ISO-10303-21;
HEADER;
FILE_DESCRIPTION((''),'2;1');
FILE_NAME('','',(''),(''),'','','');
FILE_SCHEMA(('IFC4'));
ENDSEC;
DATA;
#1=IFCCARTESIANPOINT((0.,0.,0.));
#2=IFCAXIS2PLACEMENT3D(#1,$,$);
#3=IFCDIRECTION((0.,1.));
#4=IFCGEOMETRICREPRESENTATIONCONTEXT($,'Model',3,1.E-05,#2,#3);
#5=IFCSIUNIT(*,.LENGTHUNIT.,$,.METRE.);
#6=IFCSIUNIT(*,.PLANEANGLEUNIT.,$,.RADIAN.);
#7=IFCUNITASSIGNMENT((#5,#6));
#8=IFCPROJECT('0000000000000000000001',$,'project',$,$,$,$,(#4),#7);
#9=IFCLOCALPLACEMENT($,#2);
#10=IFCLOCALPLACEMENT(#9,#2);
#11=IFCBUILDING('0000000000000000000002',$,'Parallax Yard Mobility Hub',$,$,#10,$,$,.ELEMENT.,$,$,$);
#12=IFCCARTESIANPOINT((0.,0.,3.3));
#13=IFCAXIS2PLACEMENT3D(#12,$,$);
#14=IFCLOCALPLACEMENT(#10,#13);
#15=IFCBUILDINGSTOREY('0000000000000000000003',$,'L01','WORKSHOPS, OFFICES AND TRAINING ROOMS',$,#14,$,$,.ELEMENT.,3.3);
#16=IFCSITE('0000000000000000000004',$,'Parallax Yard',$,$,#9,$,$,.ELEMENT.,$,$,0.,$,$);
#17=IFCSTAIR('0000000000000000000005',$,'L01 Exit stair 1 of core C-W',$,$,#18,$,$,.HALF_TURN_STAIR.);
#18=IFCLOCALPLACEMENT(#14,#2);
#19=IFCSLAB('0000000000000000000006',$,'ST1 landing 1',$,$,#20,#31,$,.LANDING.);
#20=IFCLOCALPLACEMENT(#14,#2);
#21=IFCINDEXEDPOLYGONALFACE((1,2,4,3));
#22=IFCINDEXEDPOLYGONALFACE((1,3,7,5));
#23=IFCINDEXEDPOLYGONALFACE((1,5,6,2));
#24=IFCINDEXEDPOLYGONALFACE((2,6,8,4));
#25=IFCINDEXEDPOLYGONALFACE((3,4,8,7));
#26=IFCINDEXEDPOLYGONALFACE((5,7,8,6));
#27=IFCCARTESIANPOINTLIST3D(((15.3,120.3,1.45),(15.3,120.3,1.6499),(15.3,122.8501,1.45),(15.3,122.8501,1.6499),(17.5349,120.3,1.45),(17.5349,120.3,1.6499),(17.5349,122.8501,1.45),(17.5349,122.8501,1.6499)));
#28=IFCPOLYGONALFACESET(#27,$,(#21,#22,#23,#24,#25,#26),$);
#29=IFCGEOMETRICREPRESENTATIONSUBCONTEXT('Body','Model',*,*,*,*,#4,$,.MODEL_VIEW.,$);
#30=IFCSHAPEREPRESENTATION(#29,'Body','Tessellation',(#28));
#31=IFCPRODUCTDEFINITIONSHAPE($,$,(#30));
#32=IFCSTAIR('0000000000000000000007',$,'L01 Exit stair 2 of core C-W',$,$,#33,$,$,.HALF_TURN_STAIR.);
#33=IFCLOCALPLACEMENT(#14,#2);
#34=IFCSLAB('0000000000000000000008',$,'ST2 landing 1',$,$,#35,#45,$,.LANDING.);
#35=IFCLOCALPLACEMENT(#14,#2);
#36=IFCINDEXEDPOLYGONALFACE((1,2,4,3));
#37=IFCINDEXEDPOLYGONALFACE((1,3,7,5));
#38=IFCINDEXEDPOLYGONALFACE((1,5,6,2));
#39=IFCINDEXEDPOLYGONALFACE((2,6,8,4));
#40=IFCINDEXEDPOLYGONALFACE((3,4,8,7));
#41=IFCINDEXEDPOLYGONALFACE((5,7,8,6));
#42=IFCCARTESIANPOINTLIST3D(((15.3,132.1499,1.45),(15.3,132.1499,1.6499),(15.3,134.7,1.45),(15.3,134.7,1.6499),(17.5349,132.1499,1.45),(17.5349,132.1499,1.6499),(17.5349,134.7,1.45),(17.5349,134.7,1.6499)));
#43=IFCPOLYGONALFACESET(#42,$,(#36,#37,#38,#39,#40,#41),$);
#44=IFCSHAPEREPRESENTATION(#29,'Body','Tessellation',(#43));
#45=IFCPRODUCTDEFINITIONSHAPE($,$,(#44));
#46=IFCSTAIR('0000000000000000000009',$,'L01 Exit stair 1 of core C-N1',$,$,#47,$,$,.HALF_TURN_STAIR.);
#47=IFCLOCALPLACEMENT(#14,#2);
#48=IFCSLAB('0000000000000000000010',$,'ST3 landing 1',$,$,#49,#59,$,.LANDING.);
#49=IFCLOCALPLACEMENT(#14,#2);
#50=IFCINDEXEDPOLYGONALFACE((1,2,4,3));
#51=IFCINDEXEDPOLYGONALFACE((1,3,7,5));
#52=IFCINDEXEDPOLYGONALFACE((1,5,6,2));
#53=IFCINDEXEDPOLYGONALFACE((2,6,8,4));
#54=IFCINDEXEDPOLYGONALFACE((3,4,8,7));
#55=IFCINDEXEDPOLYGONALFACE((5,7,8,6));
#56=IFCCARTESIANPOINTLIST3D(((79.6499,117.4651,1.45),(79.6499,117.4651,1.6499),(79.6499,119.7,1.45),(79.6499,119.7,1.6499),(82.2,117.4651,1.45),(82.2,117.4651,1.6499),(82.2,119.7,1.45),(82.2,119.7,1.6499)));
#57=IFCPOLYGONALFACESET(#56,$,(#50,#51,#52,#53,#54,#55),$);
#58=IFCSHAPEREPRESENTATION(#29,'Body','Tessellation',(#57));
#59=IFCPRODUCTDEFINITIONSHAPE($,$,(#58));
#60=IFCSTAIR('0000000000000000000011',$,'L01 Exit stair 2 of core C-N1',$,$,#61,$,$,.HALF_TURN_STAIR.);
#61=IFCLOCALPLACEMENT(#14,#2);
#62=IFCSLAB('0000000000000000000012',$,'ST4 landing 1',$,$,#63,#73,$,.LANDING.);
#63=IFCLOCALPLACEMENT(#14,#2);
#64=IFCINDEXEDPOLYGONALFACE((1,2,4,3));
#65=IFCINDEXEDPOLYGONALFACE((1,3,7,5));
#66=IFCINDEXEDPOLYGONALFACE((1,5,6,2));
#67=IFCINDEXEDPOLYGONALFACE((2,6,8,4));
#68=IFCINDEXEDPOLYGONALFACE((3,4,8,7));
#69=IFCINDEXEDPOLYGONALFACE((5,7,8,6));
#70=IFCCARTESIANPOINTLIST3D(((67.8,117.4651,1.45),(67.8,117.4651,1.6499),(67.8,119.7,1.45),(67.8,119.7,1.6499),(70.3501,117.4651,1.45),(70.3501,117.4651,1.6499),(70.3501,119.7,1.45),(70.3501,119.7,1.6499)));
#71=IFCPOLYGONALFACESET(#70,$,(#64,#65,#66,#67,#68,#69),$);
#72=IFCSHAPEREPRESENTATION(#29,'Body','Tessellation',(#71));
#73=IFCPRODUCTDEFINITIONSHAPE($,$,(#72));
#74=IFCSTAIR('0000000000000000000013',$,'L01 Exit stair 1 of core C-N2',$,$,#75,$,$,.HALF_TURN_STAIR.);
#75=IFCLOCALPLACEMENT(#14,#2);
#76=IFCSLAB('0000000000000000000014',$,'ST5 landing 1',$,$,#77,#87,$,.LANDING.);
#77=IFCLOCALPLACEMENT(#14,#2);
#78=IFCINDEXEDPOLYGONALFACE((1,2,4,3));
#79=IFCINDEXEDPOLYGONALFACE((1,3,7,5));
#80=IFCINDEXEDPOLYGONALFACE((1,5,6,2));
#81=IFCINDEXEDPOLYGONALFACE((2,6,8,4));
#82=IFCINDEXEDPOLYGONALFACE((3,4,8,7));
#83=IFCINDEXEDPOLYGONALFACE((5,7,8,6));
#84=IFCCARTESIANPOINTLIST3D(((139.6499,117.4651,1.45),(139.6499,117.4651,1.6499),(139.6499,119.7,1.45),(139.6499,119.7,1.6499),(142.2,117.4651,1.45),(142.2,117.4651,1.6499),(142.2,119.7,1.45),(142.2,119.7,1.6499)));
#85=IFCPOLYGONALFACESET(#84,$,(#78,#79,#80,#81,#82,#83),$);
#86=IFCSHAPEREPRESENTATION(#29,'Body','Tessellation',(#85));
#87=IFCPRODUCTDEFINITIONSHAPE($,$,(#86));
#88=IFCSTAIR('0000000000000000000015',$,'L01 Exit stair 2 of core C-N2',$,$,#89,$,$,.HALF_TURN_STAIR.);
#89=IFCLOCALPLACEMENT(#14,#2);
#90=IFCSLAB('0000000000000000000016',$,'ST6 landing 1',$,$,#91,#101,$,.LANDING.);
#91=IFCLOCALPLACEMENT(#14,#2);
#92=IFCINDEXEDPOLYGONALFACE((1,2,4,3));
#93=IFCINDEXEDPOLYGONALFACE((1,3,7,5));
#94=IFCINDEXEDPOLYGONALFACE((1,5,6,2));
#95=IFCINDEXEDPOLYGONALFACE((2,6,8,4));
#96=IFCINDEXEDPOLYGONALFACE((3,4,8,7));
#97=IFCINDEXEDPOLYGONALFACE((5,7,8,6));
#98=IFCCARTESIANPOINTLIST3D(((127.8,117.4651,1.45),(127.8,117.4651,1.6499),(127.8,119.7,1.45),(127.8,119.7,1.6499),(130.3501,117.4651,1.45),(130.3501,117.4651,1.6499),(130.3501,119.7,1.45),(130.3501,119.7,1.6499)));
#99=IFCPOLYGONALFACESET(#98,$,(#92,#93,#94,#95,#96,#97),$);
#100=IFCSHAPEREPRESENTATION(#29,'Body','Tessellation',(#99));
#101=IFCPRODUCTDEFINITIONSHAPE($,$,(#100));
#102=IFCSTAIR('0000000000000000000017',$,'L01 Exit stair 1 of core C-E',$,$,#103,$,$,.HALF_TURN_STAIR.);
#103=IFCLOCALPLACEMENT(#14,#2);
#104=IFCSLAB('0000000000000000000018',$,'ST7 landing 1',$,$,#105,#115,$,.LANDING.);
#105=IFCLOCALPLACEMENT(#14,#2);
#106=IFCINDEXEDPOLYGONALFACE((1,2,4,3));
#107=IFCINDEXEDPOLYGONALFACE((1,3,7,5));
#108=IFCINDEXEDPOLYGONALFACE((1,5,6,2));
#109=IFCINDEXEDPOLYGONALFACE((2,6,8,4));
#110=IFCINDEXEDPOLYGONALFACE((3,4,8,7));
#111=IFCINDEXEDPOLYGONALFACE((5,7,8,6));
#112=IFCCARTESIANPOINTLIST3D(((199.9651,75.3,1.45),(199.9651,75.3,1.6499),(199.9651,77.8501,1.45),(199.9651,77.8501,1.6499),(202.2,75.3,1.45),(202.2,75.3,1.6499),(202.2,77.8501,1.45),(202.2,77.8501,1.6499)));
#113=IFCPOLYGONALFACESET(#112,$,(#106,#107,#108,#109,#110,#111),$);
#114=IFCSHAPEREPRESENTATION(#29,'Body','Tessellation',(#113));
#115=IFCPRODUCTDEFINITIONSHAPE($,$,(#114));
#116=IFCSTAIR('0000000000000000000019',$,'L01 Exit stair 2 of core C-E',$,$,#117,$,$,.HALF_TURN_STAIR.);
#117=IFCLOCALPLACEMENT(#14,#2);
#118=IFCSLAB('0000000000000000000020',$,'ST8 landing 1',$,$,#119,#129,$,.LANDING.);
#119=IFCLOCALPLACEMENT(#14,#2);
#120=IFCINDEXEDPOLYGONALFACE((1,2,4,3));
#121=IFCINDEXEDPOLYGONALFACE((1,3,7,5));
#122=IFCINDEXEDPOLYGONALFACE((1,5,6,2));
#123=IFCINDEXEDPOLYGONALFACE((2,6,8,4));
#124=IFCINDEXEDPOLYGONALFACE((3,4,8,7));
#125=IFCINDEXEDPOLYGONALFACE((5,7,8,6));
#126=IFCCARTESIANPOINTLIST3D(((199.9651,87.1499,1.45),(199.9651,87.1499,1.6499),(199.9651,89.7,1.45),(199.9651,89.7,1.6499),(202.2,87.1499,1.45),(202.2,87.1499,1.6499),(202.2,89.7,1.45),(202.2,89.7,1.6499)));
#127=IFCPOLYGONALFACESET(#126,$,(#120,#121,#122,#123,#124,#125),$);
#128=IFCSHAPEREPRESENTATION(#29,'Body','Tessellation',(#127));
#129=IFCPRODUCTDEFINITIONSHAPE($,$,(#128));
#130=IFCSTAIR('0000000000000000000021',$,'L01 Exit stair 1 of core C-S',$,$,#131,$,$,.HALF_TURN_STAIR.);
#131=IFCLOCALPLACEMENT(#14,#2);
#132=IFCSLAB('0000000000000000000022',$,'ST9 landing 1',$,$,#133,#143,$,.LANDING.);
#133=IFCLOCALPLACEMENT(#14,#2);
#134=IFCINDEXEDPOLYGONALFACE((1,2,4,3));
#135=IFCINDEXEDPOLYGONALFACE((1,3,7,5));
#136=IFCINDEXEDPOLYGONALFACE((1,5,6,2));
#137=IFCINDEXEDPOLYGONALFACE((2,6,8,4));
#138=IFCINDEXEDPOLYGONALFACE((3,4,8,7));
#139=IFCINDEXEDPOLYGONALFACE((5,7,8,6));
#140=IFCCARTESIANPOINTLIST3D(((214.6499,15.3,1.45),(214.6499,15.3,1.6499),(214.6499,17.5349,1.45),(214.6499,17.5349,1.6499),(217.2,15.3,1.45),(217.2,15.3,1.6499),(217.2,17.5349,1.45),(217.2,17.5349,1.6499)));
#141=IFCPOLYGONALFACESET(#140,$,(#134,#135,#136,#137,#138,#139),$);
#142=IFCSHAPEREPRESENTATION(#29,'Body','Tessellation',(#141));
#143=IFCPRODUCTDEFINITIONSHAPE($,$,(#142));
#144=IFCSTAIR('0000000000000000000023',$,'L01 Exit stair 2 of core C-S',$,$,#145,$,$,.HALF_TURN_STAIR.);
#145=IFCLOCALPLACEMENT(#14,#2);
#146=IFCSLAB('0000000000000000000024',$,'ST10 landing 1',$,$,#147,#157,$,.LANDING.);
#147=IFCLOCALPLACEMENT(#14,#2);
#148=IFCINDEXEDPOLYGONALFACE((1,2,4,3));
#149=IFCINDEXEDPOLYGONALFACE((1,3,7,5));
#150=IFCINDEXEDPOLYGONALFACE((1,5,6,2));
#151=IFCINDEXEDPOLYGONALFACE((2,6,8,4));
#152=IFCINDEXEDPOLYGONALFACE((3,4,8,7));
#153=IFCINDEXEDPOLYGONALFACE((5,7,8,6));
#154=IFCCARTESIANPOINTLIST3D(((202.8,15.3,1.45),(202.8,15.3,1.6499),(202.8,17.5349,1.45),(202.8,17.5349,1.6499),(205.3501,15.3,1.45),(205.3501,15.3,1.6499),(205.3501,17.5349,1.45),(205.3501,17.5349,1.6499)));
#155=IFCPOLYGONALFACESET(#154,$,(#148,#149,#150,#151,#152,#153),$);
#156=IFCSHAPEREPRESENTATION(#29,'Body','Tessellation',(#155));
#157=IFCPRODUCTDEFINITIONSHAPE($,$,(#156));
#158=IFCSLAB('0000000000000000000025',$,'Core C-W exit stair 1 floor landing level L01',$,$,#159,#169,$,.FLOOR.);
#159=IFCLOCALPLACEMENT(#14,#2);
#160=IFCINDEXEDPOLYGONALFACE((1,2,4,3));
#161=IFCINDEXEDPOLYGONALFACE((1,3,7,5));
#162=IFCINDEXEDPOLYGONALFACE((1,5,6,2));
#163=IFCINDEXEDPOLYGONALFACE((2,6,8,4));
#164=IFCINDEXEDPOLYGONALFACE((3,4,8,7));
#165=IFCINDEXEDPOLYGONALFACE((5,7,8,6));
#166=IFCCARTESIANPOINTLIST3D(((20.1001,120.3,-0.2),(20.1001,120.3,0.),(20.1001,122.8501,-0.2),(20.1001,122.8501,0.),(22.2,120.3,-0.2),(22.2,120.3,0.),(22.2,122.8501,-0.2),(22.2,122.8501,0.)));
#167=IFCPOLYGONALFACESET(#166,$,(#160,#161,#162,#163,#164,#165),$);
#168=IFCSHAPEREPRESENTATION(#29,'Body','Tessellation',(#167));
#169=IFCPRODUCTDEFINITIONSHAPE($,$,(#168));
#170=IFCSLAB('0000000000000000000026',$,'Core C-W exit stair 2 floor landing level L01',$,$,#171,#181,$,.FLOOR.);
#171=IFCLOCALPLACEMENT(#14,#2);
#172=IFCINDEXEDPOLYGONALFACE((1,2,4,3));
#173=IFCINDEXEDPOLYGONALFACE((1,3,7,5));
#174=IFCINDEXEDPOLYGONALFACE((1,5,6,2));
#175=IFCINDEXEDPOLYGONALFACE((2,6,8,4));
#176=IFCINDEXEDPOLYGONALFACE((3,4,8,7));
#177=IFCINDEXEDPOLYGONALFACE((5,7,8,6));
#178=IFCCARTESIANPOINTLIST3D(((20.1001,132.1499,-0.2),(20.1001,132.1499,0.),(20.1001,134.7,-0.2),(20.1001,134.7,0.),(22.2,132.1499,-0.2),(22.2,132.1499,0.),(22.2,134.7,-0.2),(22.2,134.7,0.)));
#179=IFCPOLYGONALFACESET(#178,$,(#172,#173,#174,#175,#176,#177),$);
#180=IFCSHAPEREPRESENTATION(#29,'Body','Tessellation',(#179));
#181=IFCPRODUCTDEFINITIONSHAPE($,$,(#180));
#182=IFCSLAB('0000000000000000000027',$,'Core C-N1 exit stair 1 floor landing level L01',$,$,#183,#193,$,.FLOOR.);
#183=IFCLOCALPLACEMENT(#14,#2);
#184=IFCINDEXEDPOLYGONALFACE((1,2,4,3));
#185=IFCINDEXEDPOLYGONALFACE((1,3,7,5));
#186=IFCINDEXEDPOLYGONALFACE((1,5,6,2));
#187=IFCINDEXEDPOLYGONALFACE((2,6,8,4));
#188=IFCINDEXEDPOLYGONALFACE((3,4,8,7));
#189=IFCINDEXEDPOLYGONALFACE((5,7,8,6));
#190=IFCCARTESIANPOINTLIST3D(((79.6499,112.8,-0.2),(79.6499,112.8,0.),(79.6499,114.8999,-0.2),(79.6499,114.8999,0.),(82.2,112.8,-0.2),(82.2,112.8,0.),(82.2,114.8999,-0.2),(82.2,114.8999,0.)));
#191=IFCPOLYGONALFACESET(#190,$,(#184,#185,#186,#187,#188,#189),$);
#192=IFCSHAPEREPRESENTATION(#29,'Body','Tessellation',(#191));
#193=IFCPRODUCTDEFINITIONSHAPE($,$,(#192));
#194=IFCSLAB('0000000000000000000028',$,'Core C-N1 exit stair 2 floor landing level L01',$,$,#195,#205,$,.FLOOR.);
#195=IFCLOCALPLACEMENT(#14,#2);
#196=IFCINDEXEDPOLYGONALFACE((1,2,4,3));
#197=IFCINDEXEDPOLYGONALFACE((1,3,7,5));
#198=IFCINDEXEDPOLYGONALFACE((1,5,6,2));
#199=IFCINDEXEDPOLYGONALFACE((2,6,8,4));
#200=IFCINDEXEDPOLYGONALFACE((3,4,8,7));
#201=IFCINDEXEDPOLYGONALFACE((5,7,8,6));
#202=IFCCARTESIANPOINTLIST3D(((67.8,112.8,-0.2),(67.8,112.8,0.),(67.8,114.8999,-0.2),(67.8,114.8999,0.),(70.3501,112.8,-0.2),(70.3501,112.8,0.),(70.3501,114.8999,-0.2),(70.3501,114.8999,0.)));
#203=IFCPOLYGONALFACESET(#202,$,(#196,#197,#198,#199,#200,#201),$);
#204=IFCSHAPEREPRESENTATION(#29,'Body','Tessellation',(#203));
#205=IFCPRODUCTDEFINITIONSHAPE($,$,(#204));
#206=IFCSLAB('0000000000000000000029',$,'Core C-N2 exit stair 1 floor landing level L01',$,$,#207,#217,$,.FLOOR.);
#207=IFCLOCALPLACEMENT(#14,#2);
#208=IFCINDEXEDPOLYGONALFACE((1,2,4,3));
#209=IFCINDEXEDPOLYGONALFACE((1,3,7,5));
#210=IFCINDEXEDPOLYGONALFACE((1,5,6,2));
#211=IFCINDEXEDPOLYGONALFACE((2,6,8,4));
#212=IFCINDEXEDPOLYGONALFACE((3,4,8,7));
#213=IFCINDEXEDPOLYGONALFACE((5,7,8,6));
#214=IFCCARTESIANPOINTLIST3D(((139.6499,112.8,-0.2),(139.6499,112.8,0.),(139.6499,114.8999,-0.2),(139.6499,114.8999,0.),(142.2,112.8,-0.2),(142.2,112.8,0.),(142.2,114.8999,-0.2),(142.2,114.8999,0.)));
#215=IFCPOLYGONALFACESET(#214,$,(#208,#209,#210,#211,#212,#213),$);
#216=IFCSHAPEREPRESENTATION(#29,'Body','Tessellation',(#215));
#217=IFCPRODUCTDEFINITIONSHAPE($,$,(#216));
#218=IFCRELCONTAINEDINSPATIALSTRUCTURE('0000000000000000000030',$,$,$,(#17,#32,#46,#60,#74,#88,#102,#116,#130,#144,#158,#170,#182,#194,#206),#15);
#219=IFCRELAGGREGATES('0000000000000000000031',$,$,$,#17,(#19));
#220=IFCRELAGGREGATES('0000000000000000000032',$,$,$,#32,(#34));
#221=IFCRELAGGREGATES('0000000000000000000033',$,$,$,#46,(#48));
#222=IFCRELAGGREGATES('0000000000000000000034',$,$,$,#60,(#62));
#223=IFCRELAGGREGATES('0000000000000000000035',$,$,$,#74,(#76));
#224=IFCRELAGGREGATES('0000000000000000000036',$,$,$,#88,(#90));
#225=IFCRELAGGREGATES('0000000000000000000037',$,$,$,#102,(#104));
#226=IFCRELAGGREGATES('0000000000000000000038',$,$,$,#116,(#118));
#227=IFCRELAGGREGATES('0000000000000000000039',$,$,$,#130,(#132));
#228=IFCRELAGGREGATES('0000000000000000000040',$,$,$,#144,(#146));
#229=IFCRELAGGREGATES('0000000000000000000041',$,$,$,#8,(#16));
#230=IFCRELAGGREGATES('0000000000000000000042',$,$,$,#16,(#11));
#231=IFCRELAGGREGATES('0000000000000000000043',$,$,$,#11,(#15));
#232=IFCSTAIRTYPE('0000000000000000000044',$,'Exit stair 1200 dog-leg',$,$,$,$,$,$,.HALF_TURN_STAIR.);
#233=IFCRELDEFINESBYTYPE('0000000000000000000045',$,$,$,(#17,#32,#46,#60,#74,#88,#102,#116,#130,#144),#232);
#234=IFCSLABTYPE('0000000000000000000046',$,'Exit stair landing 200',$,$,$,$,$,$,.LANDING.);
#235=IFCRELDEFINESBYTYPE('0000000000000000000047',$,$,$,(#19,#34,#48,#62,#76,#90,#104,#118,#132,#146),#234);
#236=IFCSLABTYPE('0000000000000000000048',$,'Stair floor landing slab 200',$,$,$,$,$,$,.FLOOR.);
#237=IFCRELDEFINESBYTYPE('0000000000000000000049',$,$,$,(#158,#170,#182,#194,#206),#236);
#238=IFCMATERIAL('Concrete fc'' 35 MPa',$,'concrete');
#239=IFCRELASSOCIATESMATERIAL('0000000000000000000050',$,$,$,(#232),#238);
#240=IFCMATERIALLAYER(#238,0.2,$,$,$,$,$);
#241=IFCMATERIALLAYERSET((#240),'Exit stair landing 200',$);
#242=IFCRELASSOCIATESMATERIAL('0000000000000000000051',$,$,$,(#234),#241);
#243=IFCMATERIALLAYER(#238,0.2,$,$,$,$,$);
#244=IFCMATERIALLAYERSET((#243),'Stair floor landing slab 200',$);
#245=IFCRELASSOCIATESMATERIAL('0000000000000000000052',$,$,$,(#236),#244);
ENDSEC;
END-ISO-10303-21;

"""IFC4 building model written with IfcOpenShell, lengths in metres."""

from ifc_helpers import new_model, si_unit, direction, frame, origin, place, context, subcontext, project, spatial, polyline, outline, extrude, material, layer, layer_set, type_object, element, aggregate, save


model = new_model("IFC4")

# Units and contexts
model_context = context("Model", 3, precision=1e-05, world=origin(), true_north=direction((0.0, 1.0)))
body_context = subcontext(model_context, "Body", "Model", "MODEL_VIEW")
ifc_project = project(units=[si_unit("LENGTHUNIT", "METRE"), si_unit("PLANEANGLEUNIT", "RADIAN")], contexts=[model_context])

# Site, building, storey
site_placement = place(None, origin())
site = spatial("IfcSite", under=ifc_project, at=site_placement, Name="Parallax Yard", CompositionType="ELEMENT", RefElevation=0.0)
building_placement = place(site_placement, origin())
building = spatial("IfcBuilding", under=site, at=building_placement, Name="Parallax Yard Mobility Hub", CompositionType="ELEMENT")
storey_placement = place(building_placement, frame((0.0, 0.0, 3.3)))
storey = spatial("IfcBuildingStorey", under=building, at=storey_placement, Name="L01", Description="WORKSHOPS, OFFICES AND TRAINING ROOMS", CompositionType="ELEMENT", Elevation=3.3)

# Shared definitions
ifc_material_1 = material(Name="Concrete fc' 35 MPa", Category="concrete")

# Stairs, slabs
stair_type = type_object("IfcStairType", Name="Exit stair 1200 dog-leg", PredefinedType="HALF_TURN_STAIR", material=ifc_material_1)
stair_1_placement = place(storey_placement, origin())
stair_1 = element("IfcStair", 1, at=stair_1_placement, inside=storey, type_object=stair_type, Name="L01 Exit stair 1 of core C-W", PredefinedType="HALF_TURN_STAIR")
ifc_layer_1 = layer(ifc_material_1, 0.2)
ifc_layer_set_1 = layer_set([ifc_layer_1], Name="Exit stair landing 200")
slab_type_1 = type_object("IfcSlabType", Name="Exit stair landing 200", PredefinedType="LANDING", material=ifc_layer_set_1)
slab_1_placement = place(storey_placement, frame((0.0, 0.0, 1.45)))
slab_1 = element("IfcSlab", 2, at=slab_1_placement, type_object=slab_type_1, Name="ST1 landing 1", PredefinedType="LANDING", context=body_context, shape_type="SweptSolid", body=[
    extrude(outline(polyline([(17.5349, 122.8501), (15.3, 122.8501), (15.3, 120.3), (17.5349, 120.3), (17.5349, 122.8501)])), origin(), (0.0, 0.0, 1.0), 0.2),
])
aggregate(stair_1, [slab_1])
stair_2_placement = place(storey_placement, origin())
stair_2 = element("IfcStair", 3, at=stair_2_placement, inside=storey, type_object=stair_type, Name="L01 Exit stair 2 of core C-W", PredefinedType="HALF_TURN_STAIR")
slab_2_placement = place(storey_placement, frame((0.0, 0.0, 1.45)))
slab_2 = element("IfcSlab", 4, at=slab_2_placement, type_object=slab_type_1, Name="ST2 landing 1", PredefinedType="LANDING", context=body_context, shape_type="SweptSolid", body=[
    extrude(outline(polyline([(17.5349, 134.7), (15.3, 134.7), (15.3, 132.1499), (17.5349, 132.1499), (17.5349, 134.7)])), origin(), (0.0, 0.0, 1.0), 0.2),
])
aggregate(stair_2, [slab_2])
stair_3_placement = place(storey_placement, origin())
stair_3 = element("IfcStair", 5, at=stair_3_placement, inside=storey, type_object=stair_type, Name="L01 Exit stair 1 of core C-N1", PredefinedType="HALF_TURN_STAIR")
slab_3_placement = place(storey_placement, frame((0.0, 0.0, 1.45)))
slab_3 = element("IfcSlab", 6, at=slab_3_placement, type_object=slab_type_1, Name="ST3 landing 1", PredefinedType="LANDING", context=body_context, shape_type="SweptSolid", body=[
    extrude(outline(polyline([(82.2, 117.4651), (82.2, 119.7), (79.6499, 119.7), (79.6499, 117.4651), (82.2, 117.4651)])), origin(), (0.0, 0.0, 1.0), 0.2),
])
aggregate(stair_3, [slab_3])
stair_4_placement = place(storey_placement, origin())
stair_4 = element("IfcStair", 7, at=stair_4_placement, inside=storey, type_object=stair_type, Name="L01 Exit stair 2 of core C-N1", PredefinedType="HALF_TURN_STAIR")
slab_4_placement = place(storey_placement, frame((0.0, 0.0, 1.45)))
slab_4 = element("IfcSlab", 8, at=slab_4_placement, type_object=slab_type_1, Name="ST4 landing 1", PredefinedType="LANDING", context=body_context, shape_type="SweptSolid", body=[
    extrude(outline(polyline([(70.3501, 117.4651), (70.3501, 119.7), (67.8, 119.7), (67.8, 117.4651), (70.3501, 117.4651)])), origin(), (0.0, 0.0, 1.0), 0.2),
])
aggregate(stair_4, [slab_4])
stair_5_placement = place(storey_placement, origin())
stair_5 = element("IfcStair", 9, at=stair_5_placement, inside=storey, type_object=stair_type, Name="L01 Exit stair 1 of core C-N2", PredefinedType="HALF_TURN_STAIR")
slab_5_placement = place(storey_placement, frame((0.0, 0.0, 1.45)))
slab_5 = element("IfcSlab", 10, at=slab_5_placement, type_object=slab_type_1, Name="ST5 landing 1", PredefinedType="LANDING", context=body_context, shape_type="SweptSolid", body=[
    extrude(outline(polyline([(142.2, 117.4651), (142.2, 119.7), (139.6499, 119.7), (139.6499, 117.4651), (142.2, 117.4651)])), origin(), (0.0, 0.0, 1.0), 0.2),
])
aggregate(stair_5, [slab_5])
stair_6_placement = place(storey_placement, origin())
stair_6 = element("IfcStair", 11, at=stair_6_placement, inside=storey, type_object=stair_type, Name="L01 Exit stair 2 of core C-N2", PredefinedType="HALF_TURN_STAIR")
slab_6_placement = place(storey_placement, frame((0.0, 0.0, 1.45)))
slab_6 = element("IfcSlab", 12, at=slab_6_placement, type_object=slab_type_1, Name="ST6 landing 1", PredefinedType="LANDING", context=body_context, shape_type="SweptSolid", body=[
    extrude(outline(polyline([(130.3501, 117.4651), (130.3501, 119.7), (127.8, 119.7), (127.8, 117.4651), (130.3501, 117.4651)])), origin(), (0.0, 0.0, 1.0), 0.2),
])
aggregate(stair_6, [slab_6])
stair_7_placement = place(storey_placement, origin())
stair_7 = element("IfcStair", 13, at=stair_7_placement, inside=storey, type_object=stair_type, Name="L01 Exit stair 1 of core C-E", PredefinedType="HALF_TURN_STAIR")
slab_7_placement = place(storey_placement, frame((0.0, 0.0, 1.45)))
slab_7 = element("IfcSlab", 14, at=slab_7_placement, type_object=slab_type_1, Name="ST7 landing 1", PredefinedType="LANDING", context=body_context, shape_type="SweptSolid", body=[
    extrude(outline(polyline([(199.9651, 75.3), (202.2, 75.3), (202.2, 77.8501), (199.9651, 77.8501), (199.9651, 75.3)])), origin(), (0.0, 0.0, 1.0), 0.2),
])
aggregate(stair_7, [slab_7])
stair_8_placement = place(storey_placement, origin())
stair_8 = element("IfcStair", 15, at=stair_8_placement, inside=storey, type_object=stair_type, Name="L01 Exit stair 2 of core C-E", PredefinedType="HALF_TURN_STAIR")
slab_8_placement = place(storey_placement, frame((0.0, 0.0, 1.45)))
slab_8 = element("IfcSlab", 16, at=slab_8_placement, type_object=slab_type_1, Name="ST8 landing 1", PredefinedType="LANDING", context=body_context, shape_type="SweptSolid", body=[
    extrude(outline(polyline([(199.9651, 87.1499), (202.2, 87.1499), (202.2, 89.7), (199.9651, 89.7), (199.9651, 87.1499)])), origin(), (0.0, 0.0, 1.0), 0.2),
])
aggregate(stair_8, [slab_8])
stair_9_placement = place(storey_placement, origin())
stair_9 = element("IfcStair", 17, at=stair_9_placement, inside=storey, type_object=stair_type, Name="L01 Exit stair 1 of core C-S", PredefinedType="HALF_TURN_STAIR")
slab_9_placement = place(storey_placement, frame((0.0, 0.0, 1.45)))
slab_9 = element("IfcSlab", 18, at=slab_9_placement, type_object=slab_type_1, Name="ST9 landing 1", PredefinedType="LANDING", context=body_context, shape_type="SweptSolid", body=[
    extrude(outline(polyline([(214.6499, 17.5349), (214.6499, 15.3), (217.2, 15.3), (217.2, 17.5349), (214.6499, 17.5349)])), origin(), (0.0, 0.0, 1.0), 0.2),
])
aggregate(stair_9, [slab_9])
stair_10_placement = place(storey_placement, origin())
stair_10 = element("IfcStair", 19, at=stair_10_placement, inside=storey, type_object=stair_type, Name="L01 Exit stair 2 of core C-S", PredefinedType="HALF_TURN_STAIR")
slab_10_placement = place(storey_placement, frame((0.0, 0.0, 1.45)))
slab_10 = element("IfcSlab", 20, at=slab_10_placement, type_object=slab_type_1, Name="ST10 landing 1", PredefinedType="LANDING", context=body_context, shape_type="SweptSolid", body=[
    extrude(outline(polyline([(202.8, 17.5349), (202.8, 15.3), (205.3501, 15.3), (205.3501, 17.5349), (202.8, 17.5349)])), origin(), (0.0, 0.0, 1.0), 0.2),
])
aggregate(stair_10, [slab_10])

# Slabs
ifc_layer_2 = layer(ifc_material_1, 0.2)
ifc_layer_set_2 = layer_set([ifc_layer_2], Name="Stair floor landing slab 200")
slab_type_2 = type_object("IfcSlabType", Name="Stair floor landing slab 200", PredefinedType="FLOOR", material=ifc_layer_set_2)
slab_11_placement = place(storey_placement, frame((0.0, 0.0, -0.2)))
element("IfcSlab", 21, at=slab_11_placement, inside=storey, type_object=slab_type_2, Name="Core C-W exit stair 1 floor landing level L01", PredefinedType="FLOOR", context=body_context, shape_type="SweptSolid", body=[
    extrude(outline(polyline([(20.1001, 120.3), (20.1001, 122.8501), (22.2, 122.8501), (22.2, 120.3), (20.1001, 120.3)])), origin(), (0.0, 0.0, 1.0), 0.2),
])
slab_12_placement = place(storey_placement, frame((0.0, 0.0, -0.2)))
element("IfcSlab", 22, at=slab_12_placement, inside=storey, type_object=slab_type_2, Name="Core C-W exit stair 2 floor landing level L01", PredefinedType="FLOOR", context=body_context, shape_type="SweptSolid", body=[
    extrude(outline(polyline([(20.1001, 132.1499), (20.1001, 134.7), (22.2, 134.7), (22.2, 132.1499), (20.1001, 132.1499)])), origin(), (0.0, 0.0, 1.0), 0.2),
])
slab_13_placement = place(storey_placement, frame((0.0, 0.0, -0.2)))
element("IfcSlab", 23, at=slab_13_placement, inside=storey, type_object=slab_type_2, Name="Core C-N1 exit stair 1 floor landing level L01", PredefinedType="FLOOR", context=body_context, shape_type="SweptSolid", body=[
    extrude(outline(polyline([(79.6499, 114.8999), (79.6499, 112.8), (82.2, 112.8), (82.2, 114.8999), (79.6499, 114.8999)])), origin(), (0.0, 0.0, 1.0), 0.2),
])
slab_14_placement = place(storey_placement, frame((0.0, 0.0, -0.2)))
element("IfcSlab", 24, at=slab_14_placement, inside=storey, type_object=slab_type_2, Name="Core C-N1 exit stair 2 floor landing level L01", PredefinedType="FLOOR", context=body_context, shape_type="SweptSolid", body=[
    extrude(outline(polyline([(67.8, 114.8999), (67.8, 112.8), (70.3501, 112.8), (70.3501, 114.8999), (67.8, 114.8999)])), origin(), (0.0, 0.0, 1.0), 0.2),
])
slab_15_placement = place(storey_placement, frame((0.0, 0.0, -0.2)))
element("IfcSlab", 25, at=slab_15_placement, inside=storey, type_object=slab_type_2, Name="Core C-N2 exit stair 1 floor landing level L01", PredefinedType="FLOOR", context=body_context, shape_type="SweptSolid", body=[
    extrude(outline(polyline([(139.6499, 114.8999), (139.6499, 112.8), (142.2, 112.8), (142.2, 114.8999), (139.6499, 114.8999)])), origin(), (0.0, 0.0, 1.0), 0.2),
])

save(model, "model.ifc")
